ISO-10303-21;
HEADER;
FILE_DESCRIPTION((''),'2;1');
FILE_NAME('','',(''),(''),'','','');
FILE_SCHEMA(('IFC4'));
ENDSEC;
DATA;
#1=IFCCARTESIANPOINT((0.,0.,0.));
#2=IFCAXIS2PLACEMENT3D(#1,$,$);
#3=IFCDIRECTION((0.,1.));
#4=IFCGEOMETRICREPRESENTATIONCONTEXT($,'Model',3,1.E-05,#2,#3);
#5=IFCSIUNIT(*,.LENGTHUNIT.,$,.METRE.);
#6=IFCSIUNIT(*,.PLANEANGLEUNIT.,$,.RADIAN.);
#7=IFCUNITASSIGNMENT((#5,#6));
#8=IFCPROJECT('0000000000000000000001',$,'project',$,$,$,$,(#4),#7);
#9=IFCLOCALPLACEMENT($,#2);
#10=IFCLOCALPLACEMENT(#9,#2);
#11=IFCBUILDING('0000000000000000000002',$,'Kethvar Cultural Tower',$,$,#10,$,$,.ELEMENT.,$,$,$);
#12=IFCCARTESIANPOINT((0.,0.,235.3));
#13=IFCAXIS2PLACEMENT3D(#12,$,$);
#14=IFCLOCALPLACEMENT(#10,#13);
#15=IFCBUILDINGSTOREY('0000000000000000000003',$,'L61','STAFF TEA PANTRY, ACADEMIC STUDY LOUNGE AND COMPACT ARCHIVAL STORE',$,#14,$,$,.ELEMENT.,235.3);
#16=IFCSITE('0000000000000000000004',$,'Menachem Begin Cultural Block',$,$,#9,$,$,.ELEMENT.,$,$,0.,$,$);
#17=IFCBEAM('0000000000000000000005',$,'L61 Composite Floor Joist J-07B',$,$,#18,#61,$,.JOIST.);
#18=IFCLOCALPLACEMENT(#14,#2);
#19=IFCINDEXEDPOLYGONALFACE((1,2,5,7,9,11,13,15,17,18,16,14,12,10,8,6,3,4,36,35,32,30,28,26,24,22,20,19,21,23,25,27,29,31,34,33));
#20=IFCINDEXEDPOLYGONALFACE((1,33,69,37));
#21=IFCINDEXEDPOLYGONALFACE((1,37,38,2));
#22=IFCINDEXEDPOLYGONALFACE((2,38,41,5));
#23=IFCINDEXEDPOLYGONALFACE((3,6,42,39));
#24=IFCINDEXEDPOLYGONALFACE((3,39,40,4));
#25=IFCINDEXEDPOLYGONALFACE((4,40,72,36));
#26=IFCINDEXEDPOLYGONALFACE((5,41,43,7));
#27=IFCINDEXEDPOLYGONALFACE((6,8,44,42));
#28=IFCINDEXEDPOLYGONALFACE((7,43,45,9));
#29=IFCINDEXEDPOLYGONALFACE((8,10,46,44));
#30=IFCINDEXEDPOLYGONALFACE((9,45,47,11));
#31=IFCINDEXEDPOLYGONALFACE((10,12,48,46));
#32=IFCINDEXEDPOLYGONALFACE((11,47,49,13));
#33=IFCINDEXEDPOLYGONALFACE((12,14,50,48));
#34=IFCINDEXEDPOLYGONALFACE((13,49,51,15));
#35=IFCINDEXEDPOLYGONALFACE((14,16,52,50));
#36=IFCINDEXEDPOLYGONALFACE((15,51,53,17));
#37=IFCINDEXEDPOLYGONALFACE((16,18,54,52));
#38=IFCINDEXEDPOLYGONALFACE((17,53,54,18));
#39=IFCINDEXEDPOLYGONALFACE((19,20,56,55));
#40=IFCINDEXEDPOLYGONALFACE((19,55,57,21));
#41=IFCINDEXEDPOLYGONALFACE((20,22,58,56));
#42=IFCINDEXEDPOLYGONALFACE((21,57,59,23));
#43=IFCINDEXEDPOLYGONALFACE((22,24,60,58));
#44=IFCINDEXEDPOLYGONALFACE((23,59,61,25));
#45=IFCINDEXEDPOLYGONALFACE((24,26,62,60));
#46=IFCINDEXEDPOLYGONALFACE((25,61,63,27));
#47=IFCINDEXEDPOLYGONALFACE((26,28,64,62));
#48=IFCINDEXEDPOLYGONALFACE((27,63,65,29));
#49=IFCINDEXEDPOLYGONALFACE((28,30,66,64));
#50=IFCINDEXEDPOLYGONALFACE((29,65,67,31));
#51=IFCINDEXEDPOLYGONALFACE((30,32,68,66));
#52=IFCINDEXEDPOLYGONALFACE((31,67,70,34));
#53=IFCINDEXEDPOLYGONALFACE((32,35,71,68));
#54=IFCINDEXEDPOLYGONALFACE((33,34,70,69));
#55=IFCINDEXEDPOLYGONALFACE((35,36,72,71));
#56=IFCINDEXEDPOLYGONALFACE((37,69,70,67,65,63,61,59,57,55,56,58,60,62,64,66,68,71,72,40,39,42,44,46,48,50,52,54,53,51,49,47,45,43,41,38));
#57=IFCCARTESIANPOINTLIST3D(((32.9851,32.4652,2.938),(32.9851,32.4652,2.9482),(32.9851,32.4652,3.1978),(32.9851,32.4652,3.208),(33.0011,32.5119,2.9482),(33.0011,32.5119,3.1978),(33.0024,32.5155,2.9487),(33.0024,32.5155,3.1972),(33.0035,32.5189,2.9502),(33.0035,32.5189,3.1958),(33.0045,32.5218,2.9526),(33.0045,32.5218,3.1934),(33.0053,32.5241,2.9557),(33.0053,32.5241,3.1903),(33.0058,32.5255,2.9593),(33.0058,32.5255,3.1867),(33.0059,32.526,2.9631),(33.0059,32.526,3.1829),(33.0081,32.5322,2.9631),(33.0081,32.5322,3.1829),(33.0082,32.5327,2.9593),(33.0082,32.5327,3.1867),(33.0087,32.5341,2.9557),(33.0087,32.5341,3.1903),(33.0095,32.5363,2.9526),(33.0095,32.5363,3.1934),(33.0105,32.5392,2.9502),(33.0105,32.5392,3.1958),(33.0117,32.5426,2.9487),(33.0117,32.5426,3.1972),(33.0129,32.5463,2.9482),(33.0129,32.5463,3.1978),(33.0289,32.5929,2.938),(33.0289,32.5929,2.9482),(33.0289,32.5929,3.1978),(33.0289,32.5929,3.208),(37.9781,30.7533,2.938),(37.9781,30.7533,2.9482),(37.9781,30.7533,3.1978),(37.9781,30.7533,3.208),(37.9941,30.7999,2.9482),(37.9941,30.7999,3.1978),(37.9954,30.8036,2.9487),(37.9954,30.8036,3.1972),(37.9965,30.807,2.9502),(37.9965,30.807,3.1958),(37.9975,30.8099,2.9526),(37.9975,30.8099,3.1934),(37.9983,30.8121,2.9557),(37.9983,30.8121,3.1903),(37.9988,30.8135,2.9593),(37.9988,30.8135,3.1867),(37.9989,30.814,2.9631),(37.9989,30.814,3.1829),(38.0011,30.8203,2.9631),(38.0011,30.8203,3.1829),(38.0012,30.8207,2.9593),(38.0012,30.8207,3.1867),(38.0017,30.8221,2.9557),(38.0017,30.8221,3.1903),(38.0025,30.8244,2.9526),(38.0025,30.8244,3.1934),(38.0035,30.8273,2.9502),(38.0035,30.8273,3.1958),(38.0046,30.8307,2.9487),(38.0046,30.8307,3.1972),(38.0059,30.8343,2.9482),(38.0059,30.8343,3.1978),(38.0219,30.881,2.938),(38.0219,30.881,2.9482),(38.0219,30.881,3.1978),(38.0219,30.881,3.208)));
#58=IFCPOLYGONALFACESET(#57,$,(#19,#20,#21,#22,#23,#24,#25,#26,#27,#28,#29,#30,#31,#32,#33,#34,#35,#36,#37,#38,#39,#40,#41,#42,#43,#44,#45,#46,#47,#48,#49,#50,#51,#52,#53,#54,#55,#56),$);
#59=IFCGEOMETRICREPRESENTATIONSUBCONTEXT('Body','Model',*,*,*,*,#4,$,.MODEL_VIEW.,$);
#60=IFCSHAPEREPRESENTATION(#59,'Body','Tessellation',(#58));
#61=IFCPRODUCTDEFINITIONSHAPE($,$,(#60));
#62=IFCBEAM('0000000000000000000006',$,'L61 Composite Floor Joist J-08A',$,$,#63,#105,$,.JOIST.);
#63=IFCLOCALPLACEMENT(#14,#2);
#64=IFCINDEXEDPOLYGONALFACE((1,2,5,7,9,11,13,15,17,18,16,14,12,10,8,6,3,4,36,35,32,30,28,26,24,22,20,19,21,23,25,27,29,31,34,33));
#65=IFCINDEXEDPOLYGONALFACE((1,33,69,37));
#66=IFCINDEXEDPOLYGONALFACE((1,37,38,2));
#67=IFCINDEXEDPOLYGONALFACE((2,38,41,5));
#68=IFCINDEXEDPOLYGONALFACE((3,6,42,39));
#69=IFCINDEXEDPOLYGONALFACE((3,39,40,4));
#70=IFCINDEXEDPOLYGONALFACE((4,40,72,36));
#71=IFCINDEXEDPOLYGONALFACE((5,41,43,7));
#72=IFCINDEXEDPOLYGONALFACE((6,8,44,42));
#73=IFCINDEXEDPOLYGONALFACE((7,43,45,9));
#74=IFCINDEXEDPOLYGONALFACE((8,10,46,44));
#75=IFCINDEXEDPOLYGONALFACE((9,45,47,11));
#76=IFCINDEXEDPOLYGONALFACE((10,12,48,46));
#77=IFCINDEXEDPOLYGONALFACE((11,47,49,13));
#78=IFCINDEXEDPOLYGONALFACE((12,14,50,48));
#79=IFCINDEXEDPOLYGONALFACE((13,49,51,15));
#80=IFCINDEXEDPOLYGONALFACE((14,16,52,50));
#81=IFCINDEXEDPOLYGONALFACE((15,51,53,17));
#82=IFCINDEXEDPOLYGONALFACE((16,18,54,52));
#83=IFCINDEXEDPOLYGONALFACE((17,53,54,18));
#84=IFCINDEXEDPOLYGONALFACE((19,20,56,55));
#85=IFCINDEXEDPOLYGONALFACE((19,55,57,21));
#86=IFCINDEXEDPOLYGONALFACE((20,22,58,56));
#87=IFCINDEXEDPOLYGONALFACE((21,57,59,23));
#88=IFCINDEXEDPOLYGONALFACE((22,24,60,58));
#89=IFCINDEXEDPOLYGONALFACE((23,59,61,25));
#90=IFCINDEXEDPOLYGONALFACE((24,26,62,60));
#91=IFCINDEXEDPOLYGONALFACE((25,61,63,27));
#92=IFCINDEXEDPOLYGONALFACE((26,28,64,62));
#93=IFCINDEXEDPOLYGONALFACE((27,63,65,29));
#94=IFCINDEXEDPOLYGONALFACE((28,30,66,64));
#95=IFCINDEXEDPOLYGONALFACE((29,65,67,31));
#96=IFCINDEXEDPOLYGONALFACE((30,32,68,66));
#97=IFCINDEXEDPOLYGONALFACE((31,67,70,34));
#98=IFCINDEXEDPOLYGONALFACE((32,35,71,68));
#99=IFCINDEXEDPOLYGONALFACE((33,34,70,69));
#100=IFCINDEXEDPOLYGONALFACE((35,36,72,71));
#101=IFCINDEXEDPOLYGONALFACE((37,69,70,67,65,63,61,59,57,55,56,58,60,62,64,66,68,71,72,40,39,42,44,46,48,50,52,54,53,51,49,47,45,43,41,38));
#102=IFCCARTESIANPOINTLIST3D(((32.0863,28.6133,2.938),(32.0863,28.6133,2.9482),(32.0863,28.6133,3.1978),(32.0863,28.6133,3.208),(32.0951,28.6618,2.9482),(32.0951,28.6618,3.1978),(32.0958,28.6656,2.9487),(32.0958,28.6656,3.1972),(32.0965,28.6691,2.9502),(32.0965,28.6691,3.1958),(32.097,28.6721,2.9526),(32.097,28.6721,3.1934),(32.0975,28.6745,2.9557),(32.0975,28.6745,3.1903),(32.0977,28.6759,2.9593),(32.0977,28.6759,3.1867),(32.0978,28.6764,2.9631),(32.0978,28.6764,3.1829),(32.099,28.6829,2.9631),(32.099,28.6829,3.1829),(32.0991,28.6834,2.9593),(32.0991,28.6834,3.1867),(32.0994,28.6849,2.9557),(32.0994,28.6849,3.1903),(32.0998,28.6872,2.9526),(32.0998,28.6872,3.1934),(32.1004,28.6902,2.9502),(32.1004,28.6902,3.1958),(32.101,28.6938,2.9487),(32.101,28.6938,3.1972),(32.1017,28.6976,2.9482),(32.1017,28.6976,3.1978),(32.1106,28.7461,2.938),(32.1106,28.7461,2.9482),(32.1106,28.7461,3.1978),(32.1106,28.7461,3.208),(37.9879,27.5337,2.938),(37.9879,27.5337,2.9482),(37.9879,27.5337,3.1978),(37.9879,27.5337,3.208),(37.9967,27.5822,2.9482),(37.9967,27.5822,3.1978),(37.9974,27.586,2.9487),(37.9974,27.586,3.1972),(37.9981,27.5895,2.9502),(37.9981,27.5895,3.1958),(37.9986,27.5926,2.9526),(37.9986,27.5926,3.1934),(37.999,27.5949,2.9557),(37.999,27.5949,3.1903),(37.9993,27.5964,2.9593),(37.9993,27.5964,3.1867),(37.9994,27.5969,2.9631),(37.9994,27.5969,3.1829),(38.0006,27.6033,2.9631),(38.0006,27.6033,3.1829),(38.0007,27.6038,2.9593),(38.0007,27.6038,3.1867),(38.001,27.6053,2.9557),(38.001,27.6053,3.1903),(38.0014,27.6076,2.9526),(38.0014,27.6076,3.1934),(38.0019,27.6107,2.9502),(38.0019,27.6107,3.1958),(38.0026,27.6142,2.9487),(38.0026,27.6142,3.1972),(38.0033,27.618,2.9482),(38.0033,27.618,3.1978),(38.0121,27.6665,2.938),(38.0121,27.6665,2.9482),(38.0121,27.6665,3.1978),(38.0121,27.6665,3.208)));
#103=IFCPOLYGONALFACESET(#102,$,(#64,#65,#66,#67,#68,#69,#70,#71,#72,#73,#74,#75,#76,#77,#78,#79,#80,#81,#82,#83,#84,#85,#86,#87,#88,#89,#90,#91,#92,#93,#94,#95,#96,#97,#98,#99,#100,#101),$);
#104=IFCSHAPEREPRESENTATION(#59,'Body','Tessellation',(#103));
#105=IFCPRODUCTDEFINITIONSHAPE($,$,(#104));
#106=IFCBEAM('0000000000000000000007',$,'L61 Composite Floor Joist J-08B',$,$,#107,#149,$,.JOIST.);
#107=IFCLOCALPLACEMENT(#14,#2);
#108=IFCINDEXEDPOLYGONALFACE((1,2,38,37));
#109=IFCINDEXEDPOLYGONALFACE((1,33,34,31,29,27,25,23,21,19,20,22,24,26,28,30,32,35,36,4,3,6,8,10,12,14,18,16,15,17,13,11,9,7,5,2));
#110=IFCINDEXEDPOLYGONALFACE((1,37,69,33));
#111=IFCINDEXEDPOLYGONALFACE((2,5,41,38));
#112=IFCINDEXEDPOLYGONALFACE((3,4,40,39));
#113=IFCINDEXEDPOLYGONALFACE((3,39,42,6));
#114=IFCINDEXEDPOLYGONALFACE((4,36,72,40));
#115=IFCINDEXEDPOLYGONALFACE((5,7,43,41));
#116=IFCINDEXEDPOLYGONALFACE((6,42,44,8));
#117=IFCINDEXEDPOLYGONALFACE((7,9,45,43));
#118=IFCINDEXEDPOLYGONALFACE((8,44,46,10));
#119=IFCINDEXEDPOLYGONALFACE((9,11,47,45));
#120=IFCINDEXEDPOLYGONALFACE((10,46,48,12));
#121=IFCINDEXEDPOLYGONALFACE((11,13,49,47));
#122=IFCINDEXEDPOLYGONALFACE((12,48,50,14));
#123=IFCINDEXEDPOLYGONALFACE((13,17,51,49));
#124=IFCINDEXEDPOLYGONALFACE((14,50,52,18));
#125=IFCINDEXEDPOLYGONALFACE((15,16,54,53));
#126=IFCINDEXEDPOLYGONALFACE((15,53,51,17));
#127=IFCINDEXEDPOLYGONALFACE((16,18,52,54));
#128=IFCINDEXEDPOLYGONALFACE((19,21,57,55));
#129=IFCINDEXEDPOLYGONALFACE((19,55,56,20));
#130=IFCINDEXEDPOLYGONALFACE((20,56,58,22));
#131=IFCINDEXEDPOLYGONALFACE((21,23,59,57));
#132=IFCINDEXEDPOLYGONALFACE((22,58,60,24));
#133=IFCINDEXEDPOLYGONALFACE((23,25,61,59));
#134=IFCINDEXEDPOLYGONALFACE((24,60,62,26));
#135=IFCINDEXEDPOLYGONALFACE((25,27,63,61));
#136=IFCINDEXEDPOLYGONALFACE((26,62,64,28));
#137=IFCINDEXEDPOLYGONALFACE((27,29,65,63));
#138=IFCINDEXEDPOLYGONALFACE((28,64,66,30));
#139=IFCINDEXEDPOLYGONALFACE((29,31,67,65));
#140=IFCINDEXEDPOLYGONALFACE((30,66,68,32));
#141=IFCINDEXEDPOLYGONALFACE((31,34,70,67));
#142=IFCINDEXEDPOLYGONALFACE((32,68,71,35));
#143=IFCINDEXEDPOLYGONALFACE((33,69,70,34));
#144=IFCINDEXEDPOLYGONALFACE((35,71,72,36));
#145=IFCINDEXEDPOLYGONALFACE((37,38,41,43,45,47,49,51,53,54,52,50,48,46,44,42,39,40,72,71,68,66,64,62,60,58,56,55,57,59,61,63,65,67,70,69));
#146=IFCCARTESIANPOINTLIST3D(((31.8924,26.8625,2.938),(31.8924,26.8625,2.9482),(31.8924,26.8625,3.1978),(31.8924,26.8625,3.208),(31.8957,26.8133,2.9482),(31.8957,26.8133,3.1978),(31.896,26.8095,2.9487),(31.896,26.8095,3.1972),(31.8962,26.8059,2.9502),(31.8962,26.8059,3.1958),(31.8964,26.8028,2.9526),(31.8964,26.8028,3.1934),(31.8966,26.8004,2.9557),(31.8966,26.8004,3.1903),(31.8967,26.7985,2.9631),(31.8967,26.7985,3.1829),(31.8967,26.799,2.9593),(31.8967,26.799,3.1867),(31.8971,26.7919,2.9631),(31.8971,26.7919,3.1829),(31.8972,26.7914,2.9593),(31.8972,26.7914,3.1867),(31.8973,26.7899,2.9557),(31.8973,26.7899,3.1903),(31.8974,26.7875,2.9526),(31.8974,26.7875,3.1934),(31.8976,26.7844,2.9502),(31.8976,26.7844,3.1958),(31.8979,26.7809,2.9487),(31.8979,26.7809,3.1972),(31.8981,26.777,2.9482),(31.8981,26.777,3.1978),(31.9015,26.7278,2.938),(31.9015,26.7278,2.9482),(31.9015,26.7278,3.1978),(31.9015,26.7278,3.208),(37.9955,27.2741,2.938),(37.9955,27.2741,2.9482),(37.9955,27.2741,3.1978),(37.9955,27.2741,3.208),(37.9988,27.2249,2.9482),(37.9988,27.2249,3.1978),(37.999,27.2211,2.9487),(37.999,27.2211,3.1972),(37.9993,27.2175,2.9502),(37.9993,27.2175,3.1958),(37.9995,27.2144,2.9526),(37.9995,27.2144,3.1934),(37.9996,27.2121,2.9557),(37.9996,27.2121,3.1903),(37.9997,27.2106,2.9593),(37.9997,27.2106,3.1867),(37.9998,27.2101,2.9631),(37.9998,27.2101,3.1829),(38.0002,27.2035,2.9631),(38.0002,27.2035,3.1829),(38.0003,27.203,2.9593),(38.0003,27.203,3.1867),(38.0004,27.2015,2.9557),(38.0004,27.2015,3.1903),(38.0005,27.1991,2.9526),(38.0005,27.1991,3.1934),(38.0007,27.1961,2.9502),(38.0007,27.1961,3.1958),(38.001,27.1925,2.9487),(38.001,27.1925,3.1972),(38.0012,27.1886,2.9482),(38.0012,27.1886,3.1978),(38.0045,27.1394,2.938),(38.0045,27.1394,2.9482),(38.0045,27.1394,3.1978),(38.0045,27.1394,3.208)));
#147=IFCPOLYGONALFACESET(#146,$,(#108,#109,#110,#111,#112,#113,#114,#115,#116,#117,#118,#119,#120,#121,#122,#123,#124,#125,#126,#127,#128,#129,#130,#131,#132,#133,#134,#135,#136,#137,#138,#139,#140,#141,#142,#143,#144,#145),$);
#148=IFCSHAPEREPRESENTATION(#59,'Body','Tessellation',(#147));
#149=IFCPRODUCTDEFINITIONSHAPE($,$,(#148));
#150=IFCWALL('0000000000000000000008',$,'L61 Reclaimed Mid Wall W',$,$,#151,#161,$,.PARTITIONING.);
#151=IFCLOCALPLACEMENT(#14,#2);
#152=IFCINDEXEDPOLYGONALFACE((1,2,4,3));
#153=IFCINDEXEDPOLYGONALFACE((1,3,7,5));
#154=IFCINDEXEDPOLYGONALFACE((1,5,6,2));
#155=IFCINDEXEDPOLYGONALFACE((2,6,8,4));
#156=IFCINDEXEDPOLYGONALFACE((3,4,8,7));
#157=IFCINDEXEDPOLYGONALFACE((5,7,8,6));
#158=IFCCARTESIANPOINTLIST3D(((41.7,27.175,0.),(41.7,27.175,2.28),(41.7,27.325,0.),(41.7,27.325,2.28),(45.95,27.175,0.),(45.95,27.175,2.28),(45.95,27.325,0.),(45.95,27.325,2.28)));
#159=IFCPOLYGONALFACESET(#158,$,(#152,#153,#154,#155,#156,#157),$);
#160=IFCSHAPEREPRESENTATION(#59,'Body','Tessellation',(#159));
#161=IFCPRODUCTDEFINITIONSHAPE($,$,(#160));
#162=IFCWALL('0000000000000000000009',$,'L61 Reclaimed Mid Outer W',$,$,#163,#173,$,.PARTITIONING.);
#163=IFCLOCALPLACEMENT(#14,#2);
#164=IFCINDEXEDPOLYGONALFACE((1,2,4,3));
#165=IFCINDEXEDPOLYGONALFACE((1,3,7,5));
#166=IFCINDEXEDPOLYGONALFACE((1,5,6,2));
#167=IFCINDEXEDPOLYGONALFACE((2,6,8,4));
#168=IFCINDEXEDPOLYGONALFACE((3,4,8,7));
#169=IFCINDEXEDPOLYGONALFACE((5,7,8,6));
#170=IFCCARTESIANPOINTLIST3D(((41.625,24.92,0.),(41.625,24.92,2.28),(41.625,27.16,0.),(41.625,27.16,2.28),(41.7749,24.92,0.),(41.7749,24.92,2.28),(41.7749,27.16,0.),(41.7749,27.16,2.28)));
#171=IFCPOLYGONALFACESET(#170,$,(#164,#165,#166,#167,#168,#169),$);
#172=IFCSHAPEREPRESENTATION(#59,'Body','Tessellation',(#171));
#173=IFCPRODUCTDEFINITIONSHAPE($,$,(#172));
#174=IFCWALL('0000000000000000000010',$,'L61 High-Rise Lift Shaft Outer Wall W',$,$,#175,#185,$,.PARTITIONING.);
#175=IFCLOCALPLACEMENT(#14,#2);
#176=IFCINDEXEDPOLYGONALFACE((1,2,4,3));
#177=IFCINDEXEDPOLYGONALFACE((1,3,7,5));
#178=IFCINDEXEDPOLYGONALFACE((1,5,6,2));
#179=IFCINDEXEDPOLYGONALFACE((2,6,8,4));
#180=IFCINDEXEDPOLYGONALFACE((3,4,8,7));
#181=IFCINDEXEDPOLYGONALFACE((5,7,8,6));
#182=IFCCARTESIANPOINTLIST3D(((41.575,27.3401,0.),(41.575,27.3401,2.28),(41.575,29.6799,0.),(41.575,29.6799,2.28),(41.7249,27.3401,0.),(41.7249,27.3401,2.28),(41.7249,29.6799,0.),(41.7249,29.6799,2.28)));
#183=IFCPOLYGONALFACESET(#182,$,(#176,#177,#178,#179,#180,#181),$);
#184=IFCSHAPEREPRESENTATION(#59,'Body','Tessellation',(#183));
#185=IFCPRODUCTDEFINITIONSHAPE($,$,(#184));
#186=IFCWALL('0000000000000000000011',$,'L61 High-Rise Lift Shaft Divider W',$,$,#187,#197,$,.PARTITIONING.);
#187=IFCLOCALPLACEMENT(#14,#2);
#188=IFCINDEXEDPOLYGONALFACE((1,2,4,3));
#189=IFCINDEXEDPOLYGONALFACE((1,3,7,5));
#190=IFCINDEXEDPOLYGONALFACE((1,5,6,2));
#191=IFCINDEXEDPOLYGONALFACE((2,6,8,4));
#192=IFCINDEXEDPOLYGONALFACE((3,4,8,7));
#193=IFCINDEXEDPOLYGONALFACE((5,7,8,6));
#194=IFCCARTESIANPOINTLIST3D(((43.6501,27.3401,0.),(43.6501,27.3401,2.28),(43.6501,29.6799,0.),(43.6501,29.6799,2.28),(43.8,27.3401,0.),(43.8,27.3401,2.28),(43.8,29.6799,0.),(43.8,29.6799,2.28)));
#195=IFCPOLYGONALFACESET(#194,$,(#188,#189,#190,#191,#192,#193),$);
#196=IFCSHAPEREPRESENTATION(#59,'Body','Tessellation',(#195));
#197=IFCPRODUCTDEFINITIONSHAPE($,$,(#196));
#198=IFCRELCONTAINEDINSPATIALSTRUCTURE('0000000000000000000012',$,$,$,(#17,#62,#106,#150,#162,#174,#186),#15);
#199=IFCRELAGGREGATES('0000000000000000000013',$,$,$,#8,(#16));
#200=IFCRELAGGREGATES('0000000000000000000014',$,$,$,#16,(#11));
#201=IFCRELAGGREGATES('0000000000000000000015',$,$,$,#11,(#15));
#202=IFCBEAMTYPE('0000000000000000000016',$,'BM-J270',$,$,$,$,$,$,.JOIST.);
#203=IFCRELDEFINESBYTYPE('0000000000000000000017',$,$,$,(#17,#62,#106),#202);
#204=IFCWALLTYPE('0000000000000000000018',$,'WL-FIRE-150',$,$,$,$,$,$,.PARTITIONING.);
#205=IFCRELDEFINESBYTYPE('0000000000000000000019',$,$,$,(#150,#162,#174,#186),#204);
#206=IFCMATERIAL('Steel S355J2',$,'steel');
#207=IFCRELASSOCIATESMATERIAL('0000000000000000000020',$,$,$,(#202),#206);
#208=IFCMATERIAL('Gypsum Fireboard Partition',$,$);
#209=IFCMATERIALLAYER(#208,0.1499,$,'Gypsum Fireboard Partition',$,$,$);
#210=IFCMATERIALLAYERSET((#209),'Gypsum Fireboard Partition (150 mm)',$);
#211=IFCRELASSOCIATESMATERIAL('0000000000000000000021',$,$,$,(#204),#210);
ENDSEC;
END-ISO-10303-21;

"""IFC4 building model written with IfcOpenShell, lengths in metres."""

from ifc_helpers import new_model, si_unit, direction, frame, frame_2d, origin, origin_2d, place, context, subcontext, project, spatial, rectangle, i_section, extrude, source, transform, mapped, material, layer, layer_set, material_profile, profile_set, type_object, element, save


model = new_model("IFC4")

# Units and contexts
model_context = context("Model", 3, precision=1e-05, world=origin(), true_north=direction((0.0, 1.0)))
body_context = subcontext(model_context, "Body", "Model", "MODEL_VIEW")
ifc_project = project(units=[si_unit("LENGTHUNIT", "METRE"), si_unit("PLANEANGLEUNIT", "RADIAN")], contexts=[model_context])

# Site, building, storey
site_placement = place(None, origin())
site = spatial("IfcSite", under=ifc_project, at=site_placement, Name="Menachem Begin Cultural Block", CompositionType="ELEMENT", RefElevation=0.0)
building_placement = place(site_placement, origin())
building = spatial("IfcBuilding", under=site, at=building_placement, Name="Kethvar Cultural Tower", CompositionType="ELEMENT")
storey_placement = place(building_placement, frame((0.0, 0.0, 235.3)))
storey = spatial("IfcBuildingStorey", under=building, at=storey_placement, Name="L61", Description="STAFF TEA PANTRY, ACADEMIC STUDY LOUNGE AND COMPACT ARCHIVAL STORE", CompositionType="ELEMENT", Elevation=235.3)

# Beams
ifc_material_1 = material(Name="Steel S355J2", Category="steel")
ifc_material_profile_1 = material_profile(ifc_material_1, i_section(OverallWidth=0.135, OverallDepth=0.27, WebThickness=0.0066, FlangeThickness=0.0103, FilletRadius=0.0149, at=origin_2d()), Name="Steel S355J2 — IPE270")
ifc_profile_set_1 = profile_set([ifc_material_profile_1], Name="Steel S355J2 — IPE270")
beam_type_1 = type_object("IfcBeamType", Name="BM-J270", PredefinedType="JOIST", material=ifc_profile_set_1)
shared_shape_1 = source(origin(), body_context, "Body", "SweptSolid", [
    extrude(i_section(OverallWidth=0.135, OverallDepth=0.27, WebThickness=0.0066, FlangeThickness=0.0103, FilletRadius=0.0149, at=origin_2d()), origin(), (0.0, 0.0, 1.0), 5.2783),
])
beam_1_placement = place(storey_placement, frame((38.0, 30.8171, 3.073), z_axis=(-0.945943, 0.324334, 0.0), x_axis=(-0.324334, -0.945943, 0.0)))
element("IfcBeam", 1, at=beam_1_placement, inside=storey, type_object=beam_type_1, Name="L61 Composite Floor Joist J-07B", PredefinedType="JOIST", context=body_context, shape_type="MappedRepresentation", body=[
    mapped(shared_shape_1, transform((0.0, 0.0, 0.0), scale=1.0)),
])
shared_shape_2 = source(origin(), body_context, "Body", "SweptSolid", [
    extrude(i_section(OverallWidth=0.135, OverallDepth=0.27, WebThickness=0.0066, FlangeThickness=0.0103, FilletRadius=0.0149, at=origin_2d()), origin(), (0.0, 0.0, 1.0), 5.9995),
])
beam_2_placement = place(storey_placement, frame((38.0, 27.6001, 3.073), z_axis=(-0.983677, 0.179945, 0.0), x_axis=(-0.179945, -0.983677, 0.0)))
element("IfcBeam", 2, at=beam_2_placement, inside=storey, type_object=beam_type_1, Name="L61 Composite Floor Joist J-08A", PredefinedType="JOIST", context=body_context, shape_type="MappedRepresentation", body=[
    mapped(shared_shape_2, transform((0.0, 0.0, 0.0), scale=1.0)),
])
shared_shape_3 = source(origin(), body_context, "Body", "SweptSolid", [
    extrude(i_section(OverallWidth=0.135, OverallDepth=0.27, WebThickness=0.0066, FlangeThickness=0.0103, FilletRadius=0.0149, at=origin_2d()), origin(), (0.0, 0.0, 1.0), 6.1169),
])
beam_3_placement = place(storey_placement, frame((38.0, 27.2068, 3.073), z_axis=(-0.997733, -0.067293, 0.0), x_axis=(0.067293, -0.997733, 0.0)))
element("IfcBeam", 3, at=beam_3_placement, inside=storey, type_object=beam_type_1, Name="L61 Composite Floor Joist J-08B", PredefinedType="JOIST", context=body_context, shape_type="MappedRepresentation", body=[
    mapped(shared_shape_3, transform((0.0, 0.0, 0.0), scale=1.0)),
])

# Walls
ifc_material_2 = material(Name="Gypsum Fireboard Partition")
ifc_layer_1 = layer(ifc_material_2, 0.1499, Name="Gypsum Fireboard Partition")
ifc_layer_set_1 = layer_set([ifc_layer_1], Name="Gypsum Fireboard Partition (150 mm)")
wall_type_1 = type_object("IfcWallType", Name="WL-FIRE-150", PredefinedType="PARTITIONING", material=ifc_layer_set_1)
wall_1_placement = place(storey_placement, frame((41.7, 27.25, 0.0), z_axis=(0.0, 0.0, 1.0), x_axis=(1.0, 0.0, 0.0)))
element("IfcWall", 4, at=wall_1_placement, inside=storey, type_object=wall_type_1, Name="L61 Reclaimed Mid Wall W", PredefinedType="PARTITIONING", context=body_context, shape_type="SweptSolid", body=[
    extrude(rectangle(XDim=4.25, YDim=0.1499, at=frame_2d((2.125, 0.0))), origin(), (0.0, 0.0, 1.0), 2.28),
])
wall_2_placement = place(storey_placement, frame((41.7, 24.9199, 0.0), z_axis=(0.0, 0.0, 1.0), x_axis=(0.0, 1.0, 0.0)))
element("IfcWall", 5, at=wall_2_placement, inside=storey, type_object=wall_type_1, Name="L61 Reclaimed Mid Outer W", PredefinedType="PARTITIONING", context=body_context, shape_type="SweptSolid", body=[
    extrude(rectangle(XDim=2.24, YDim=0.1499, at=frame_2d((1.1201, 0.0))), origin(), (0.0, 0.0, 1.0), 2.28),
])

# Walls
for number, where, z_axis, x_axis, name in (
    (6, (41.6499, 27.3401, 0.0), (0.0, 0.0, 1.0), (0.0, 1.0, 0.0), "L61 High-Rise Lift Shaft Outer Wall W"),
    (7, (43.7251, 27.3401, 0.0), (0.0, 0.0, 1.0), (0.0, 1.0, 0.0), "L61 High-Rise Lift Shaft Divider W"),
):
    element("IfcWall", number, at=place(storey_placement, frame(where, z_axis=z_axis, x_axis=x_axis)), inside=storey, type_object=wall_type_1, Name=name, PredefinedType="PARTITIONING", context=body_context, shape_type="SweptSolid", body=[
        extrude(rectangle(XDim=2.3398, YDim=0.1499, at=frame_2d((1.1699, 0.0))), origin(), (0.0, 0.0, 1.0), 2.28),
    ])

save(model, "model.ifc")
